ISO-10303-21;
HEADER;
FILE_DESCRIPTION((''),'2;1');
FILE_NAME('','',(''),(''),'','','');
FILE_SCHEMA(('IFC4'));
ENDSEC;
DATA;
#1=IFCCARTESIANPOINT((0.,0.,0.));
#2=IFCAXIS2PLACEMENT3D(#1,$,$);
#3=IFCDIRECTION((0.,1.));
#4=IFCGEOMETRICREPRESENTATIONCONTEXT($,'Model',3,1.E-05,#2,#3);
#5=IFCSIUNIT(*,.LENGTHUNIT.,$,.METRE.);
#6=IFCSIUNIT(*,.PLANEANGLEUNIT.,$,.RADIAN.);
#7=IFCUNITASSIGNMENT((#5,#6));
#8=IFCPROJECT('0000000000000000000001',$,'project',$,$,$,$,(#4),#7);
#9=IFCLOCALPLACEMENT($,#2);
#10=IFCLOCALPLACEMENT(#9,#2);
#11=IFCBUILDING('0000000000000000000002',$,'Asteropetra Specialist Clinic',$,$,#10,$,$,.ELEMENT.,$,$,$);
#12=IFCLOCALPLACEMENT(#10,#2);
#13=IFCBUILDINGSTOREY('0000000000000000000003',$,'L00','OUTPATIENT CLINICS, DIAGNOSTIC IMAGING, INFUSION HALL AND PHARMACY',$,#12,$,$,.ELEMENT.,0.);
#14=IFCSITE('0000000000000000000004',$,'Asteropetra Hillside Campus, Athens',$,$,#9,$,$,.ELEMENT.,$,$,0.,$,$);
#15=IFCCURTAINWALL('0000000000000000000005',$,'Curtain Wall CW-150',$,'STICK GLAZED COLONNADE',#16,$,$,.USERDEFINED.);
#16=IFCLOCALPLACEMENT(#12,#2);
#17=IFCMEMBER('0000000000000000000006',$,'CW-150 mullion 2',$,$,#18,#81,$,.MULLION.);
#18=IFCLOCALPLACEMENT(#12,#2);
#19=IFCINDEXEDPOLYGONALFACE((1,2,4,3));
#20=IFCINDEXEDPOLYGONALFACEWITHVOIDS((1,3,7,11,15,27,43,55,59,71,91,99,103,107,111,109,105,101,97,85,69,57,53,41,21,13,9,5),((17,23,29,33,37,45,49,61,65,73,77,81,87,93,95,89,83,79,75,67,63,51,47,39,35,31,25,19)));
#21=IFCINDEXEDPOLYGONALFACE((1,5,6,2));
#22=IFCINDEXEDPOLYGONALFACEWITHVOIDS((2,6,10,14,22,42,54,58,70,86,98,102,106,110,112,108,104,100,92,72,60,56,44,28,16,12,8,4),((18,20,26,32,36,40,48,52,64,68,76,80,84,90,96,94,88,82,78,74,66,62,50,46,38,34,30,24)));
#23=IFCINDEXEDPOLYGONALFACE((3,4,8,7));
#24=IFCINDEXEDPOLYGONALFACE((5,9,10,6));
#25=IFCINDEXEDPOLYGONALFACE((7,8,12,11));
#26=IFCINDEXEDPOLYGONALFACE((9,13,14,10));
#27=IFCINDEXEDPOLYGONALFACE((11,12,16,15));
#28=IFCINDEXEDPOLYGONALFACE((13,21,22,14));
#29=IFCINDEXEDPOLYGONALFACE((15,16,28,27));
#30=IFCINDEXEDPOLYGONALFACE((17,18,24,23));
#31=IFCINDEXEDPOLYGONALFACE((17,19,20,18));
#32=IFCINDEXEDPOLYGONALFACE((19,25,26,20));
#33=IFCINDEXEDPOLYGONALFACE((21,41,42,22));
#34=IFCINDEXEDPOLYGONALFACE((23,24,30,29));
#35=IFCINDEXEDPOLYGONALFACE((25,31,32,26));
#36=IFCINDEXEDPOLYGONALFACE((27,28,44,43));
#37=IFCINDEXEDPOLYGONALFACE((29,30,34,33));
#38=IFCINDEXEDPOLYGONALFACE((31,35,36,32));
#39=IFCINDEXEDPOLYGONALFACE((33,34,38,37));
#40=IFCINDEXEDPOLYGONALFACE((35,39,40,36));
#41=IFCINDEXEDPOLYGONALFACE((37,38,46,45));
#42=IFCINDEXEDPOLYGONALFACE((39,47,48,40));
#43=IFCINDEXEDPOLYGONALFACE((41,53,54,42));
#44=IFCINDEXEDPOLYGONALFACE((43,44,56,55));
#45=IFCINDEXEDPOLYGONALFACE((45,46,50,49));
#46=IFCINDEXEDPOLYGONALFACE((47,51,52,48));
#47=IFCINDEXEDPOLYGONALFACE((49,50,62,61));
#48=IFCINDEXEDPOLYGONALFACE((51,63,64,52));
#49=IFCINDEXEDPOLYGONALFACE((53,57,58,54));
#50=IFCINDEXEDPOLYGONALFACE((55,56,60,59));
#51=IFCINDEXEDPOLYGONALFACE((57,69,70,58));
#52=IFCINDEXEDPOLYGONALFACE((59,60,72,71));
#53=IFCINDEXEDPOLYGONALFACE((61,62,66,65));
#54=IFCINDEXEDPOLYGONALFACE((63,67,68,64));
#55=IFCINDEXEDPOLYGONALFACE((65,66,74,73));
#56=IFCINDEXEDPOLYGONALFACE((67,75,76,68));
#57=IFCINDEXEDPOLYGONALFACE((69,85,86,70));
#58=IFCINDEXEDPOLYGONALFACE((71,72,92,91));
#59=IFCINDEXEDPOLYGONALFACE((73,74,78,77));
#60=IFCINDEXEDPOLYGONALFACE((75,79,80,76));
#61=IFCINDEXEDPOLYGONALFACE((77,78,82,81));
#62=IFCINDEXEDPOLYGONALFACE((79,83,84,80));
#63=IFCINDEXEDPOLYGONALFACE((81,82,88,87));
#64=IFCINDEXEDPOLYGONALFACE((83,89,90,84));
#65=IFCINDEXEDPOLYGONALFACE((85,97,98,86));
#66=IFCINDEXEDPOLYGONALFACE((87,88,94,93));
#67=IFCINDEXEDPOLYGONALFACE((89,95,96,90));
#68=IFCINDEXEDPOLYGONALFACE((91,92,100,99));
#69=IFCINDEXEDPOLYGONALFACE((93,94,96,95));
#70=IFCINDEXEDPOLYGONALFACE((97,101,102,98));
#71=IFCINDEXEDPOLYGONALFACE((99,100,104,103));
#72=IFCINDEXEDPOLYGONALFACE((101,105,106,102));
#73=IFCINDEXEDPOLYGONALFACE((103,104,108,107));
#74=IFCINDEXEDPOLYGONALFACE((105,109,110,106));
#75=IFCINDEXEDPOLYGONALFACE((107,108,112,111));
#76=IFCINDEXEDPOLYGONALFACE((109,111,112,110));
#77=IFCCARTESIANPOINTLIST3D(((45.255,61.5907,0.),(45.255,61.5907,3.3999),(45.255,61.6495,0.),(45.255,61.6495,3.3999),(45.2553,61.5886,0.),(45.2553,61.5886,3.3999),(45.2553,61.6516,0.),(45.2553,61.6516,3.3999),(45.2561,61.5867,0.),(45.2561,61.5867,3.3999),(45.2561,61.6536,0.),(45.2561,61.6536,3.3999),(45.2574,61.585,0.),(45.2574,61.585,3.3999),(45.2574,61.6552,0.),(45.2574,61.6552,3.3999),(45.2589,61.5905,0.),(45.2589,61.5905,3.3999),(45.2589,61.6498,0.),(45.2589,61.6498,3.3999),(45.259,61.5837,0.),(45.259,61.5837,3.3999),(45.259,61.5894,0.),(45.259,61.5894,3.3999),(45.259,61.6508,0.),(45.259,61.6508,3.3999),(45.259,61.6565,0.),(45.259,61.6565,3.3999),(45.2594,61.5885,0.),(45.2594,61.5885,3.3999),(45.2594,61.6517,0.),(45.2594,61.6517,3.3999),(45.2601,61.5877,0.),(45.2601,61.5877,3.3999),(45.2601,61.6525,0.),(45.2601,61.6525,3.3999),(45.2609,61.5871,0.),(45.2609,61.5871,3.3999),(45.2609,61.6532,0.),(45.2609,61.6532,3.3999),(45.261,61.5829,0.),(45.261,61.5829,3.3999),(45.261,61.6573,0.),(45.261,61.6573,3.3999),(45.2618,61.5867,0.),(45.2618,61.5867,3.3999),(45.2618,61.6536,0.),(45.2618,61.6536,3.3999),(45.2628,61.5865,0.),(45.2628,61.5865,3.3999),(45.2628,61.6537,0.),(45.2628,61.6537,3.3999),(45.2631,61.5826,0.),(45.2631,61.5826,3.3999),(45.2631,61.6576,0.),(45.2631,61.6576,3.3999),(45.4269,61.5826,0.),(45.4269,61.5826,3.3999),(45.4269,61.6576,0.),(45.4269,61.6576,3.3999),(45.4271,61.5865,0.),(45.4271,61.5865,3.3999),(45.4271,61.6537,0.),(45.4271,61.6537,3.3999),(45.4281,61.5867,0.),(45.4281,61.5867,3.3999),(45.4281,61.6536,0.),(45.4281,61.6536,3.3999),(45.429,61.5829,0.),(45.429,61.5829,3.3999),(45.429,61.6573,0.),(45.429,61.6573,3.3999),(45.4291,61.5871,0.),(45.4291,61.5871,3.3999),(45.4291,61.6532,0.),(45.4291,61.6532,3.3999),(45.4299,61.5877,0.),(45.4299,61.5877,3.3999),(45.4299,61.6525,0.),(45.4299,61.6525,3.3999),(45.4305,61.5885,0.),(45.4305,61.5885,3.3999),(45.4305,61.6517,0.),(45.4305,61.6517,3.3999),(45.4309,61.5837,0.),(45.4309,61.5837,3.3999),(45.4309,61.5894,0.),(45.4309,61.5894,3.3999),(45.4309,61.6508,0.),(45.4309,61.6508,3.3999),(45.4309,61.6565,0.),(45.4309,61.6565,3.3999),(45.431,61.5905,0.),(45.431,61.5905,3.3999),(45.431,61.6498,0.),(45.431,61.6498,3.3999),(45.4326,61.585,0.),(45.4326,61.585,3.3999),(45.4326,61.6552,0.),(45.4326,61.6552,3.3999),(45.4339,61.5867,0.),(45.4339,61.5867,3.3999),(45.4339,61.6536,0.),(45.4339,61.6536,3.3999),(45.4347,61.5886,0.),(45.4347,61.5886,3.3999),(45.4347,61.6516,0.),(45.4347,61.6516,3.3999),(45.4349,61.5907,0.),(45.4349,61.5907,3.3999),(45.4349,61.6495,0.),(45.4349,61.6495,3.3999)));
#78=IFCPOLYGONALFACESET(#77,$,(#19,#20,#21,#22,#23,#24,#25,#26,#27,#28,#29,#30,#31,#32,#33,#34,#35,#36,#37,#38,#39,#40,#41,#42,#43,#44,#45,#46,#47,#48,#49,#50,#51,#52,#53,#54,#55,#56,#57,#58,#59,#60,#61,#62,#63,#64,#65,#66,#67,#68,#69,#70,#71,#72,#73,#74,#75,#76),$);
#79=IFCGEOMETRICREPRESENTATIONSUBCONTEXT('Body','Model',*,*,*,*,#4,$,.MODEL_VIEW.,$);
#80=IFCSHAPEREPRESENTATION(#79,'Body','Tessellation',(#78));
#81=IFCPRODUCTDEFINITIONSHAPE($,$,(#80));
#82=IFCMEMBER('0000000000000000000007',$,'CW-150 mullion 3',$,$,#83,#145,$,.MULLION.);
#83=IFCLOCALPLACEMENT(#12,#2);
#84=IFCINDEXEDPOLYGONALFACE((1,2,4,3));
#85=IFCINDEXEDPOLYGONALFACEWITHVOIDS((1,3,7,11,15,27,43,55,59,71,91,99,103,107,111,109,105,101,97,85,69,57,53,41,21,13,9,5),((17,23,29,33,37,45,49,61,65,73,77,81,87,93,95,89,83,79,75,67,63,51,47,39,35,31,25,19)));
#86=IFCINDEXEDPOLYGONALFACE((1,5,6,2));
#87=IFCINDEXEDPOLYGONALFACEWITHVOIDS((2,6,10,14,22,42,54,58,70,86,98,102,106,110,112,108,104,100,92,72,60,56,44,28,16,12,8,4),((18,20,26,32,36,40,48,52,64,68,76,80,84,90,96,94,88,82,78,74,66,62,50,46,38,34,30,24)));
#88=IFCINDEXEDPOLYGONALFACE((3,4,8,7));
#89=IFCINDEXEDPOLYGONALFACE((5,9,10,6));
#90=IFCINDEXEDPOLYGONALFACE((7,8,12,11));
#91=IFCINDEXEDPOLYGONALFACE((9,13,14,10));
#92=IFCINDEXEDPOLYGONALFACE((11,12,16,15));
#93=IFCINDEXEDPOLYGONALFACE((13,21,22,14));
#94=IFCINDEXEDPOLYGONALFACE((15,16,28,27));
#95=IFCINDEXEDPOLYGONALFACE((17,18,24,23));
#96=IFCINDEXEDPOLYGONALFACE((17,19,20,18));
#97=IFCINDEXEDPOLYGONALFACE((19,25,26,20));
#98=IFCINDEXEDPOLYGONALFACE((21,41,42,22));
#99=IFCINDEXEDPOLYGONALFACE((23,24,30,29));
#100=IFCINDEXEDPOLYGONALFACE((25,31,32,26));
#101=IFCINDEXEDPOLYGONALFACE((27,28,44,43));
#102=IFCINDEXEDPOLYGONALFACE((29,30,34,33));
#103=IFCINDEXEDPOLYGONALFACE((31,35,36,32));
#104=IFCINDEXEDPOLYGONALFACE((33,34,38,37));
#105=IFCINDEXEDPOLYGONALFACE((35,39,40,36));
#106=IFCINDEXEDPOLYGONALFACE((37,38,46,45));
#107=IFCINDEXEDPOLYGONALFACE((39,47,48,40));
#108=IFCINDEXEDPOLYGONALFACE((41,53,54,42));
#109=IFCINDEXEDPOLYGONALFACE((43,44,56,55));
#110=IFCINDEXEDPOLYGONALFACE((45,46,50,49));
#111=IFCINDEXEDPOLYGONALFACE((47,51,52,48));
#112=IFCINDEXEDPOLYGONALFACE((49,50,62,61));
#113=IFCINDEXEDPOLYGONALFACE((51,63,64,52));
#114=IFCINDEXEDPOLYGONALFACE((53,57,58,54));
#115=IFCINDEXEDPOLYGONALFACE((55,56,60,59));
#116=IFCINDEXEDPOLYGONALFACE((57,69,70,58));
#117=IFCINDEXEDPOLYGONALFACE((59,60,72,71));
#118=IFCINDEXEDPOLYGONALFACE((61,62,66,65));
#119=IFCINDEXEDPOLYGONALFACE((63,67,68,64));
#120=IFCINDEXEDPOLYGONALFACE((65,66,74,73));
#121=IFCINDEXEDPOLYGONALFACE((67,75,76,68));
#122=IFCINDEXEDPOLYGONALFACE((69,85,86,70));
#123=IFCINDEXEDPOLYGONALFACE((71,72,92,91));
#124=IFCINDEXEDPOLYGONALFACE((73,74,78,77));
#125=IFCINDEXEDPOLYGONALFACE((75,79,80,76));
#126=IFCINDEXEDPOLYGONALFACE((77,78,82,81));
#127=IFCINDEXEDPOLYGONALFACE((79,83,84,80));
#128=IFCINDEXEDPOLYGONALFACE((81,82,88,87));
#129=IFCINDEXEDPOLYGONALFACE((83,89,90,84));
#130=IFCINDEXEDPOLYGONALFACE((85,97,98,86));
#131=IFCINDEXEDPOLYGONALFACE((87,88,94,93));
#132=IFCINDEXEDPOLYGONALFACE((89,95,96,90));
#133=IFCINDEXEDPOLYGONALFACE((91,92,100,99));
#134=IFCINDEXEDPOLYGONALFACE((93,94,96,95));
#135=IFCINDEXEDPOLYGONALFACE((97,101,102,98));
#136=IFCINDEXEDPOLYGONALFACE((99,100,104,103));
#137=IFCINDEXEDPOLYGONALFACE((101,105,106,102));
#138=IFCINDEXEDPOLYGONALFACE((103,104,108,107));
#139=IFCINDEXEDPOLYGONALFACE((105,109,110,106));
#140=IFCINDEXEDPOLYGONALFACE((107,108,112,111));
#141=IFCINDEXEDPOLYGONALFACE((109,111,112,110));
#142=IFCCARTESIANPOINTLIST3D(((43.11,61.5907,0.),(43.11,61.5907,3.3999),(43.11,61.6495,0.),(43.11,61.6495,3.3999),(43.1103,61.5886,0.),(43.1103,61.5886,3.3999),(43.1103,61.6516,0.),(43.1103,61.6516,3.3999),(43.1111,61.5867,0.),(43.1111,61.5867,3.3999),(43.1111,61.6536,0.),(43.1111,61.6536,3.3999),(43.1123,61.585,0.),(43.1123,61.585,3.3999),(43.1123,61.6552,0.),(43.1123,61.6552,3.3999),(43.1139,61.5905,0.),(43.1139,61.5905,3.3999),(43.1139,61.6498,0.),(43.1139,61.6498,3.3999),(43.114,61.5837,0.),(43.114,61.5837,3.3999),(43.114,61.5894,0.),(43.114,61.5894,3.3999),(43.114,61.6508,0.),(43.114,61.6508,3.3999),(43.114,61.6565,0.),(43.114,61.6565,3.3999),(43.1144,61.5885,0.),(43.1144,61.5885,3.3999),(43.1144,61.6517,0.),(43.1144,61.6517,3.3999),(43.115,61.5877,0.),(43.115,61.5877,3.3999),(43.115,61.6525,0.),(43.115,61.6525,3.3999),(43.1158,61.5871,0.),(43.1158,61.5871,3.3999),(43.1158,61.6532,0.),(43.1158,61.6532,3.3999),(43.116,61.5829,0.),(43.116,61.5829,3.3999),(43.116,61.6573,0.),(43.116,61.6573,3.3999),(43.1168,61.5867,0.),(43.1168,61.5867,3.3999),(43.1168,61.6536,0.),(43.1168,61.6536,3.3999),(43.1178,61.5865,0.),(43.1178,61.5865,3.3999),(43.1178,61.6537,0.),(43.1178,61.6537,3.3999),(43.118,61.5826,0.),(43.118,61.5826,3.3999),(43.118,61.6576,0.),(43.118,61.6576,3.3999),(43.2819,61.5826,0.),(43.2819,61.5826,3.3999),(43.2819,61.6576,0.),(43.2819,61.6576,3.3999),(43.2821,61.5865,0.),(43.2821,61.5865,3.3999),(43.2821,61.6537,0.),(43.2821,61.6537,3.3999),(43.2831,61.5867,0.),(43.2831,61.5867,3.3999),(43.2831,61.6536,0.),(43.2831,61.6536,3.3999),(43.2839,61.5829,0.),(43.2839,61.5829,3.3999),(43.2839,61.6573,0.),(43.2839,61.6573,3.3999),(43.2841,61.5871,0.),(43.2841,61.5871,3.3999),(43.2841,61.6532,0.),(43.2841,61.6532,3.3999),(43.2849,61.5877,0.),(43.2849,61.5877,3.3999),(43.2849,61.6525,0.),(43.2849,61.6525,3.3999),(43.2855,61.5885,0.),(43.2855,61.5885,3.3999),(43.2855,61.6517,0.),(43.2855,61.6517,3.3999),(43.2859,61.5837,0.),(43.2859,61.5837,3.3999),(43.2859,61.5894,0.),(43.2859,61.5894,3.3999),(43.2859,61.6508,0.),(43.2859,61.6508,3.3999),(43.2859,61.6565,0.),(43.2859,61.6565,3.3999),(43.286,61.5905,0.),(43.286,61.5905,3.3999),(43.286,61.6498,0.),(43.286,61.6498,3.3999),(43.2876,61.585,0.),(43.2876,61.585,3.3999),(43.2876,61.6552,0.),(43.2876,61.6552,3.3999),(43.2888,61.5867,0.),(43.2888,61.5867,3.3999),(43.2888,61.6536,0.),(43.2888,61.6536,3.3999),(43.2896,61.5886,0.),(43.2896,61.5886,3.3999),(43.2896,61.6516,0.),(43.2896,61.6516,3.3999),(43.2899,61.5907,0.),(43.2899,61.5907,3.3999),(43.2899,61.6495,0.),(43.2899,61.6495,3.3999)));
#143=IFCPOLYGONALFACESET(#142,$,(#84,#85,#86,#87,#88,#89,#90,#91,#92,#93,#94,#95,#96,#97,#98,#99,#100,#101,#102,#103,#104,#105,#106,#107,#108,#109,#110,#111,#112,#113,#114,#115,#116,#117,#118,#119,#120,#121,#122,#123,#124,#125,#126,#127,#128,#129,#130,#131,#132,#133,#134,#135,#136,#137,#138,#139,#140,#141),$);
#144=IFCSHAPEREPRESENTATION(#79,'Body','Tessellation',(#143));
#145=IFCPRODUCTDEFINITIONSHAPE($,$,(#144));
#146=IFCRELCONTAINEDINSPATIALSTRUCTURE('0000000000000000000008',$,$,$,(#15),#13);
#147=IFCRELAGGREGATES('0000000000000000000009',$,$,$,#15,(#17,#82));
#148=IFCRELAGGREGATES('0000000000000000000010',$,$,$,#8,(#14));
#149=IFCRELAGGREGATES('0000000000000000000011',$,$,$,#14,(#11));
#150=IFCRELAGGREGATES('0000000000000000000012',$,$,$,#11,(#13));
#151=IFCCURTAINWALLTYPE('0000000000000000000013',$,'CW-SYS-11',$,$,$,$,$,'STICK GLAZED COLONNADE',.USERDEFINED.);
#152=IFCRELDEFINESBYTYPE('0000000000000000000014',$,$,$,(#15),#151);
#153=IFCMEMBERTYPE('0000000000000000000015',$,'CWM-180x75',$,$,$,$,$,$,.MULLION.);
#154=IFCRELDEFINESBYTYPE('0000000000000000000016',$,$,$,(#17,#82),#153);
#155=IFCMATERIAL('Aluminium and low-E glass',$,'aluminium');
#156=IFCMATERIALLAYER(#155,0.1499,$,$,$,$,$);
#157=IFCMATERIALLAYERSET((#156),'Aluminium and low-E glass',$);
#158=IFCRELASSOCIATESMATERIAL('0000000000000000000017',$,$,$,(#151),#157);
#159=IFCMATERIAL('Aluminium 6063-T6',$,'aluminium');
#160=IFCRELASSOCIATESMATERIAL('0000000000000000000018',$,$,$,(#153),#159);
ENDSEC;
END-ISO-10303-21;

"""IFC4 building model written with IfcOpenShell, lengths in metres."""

from ifc_helpers import new_model, si_unit, direction, frame, origin, origin_2d, place, context, subcontext, project, spatial, hollow_rectangle, extrude, material, layer, layer_set, material_profile, profile_set, type_object, element, aggregate, save


model = new_model("IFC4")

# Units and contexts
model_context = context("Model", 3, precision=1e-05, world=origin(), true_north=direction((0.0, 1.0)))
body_context = subcontext(model_context, "Body", "Model", "MODEL_VIEW")
ifc_project = project(units=[si_unit("LENGTHUNIT", "METRE"), si_unit("PLANEANGLEUNIT", "RADIAN")], contexts=[model_context])

# Site, building, storey
site_placement = place(None, origin())
site = spatial("IfcSite", under=ifc_project, at=site_placement, Name="Asteropetra Hillside Campus, Athens", CompositionType="ELEMENT", RefElevation=0.0)
building_placement = place(site_placement, origin())
building = spatial("IfcBuilding", under=site, at=building_placement, Name="Asteropetra Specialist Clinic", CompositionType="ELEMENT")
storey_placement = place(building_placement, origin())
storey = spatial("IfcBuildingStorey", under=building, at=storey_placement, Name="L00", Description="OUTPATIENT CLINICS, DIAGNOSTIC IMAGING, INFUSION HALL AND PHARMACY", CompositionType="ELEMENT", Elevation=0.0)

# Curtain wall, members
ifc_material_1 = material(Name="Aluminium and low-E glass", Category="aluminium")
ifc_layer_1 = layer(ifc_material_1, 0.1499)
ifc_layer_set_1 = layer_set([ifc_layer_1], Name="Aluminium and low-E glass")
curtain_wall_type = type_object("IfcCurtainWallType", Name="CW-SYS-11", ElementType="STICK GLAZED COLONNADE", PredefinedType="USERDEFINED", material=ifc_layer_set_1)
curtain_wall_placement = place(storey_placement, origin())
curtain_wall = element("IfcCurtainWall", 1, at=curtain_wall_placement, inside=storey, type_object=curtain_wall_type, Name="Curtain Wall CW-150", ObjectType="STICK GLAZED COLONNADE", PredefinedType="USERDEFINED")
ifc_material_2 = material(Name="Aluminium 6063-T6", Category="aluminium")
ifc_material_profile_1 = material_profile(ifc_material_2, hollow_rectangle(XDim=0.075, YDim=0.1799, WallThickness=0.0039, InnerFilletRadius=0.0039, OuterFilletRadius=0.0081, at=origin_2d()), Name="MUL 180x75x4.0")
ifc_profile_set_1 = profile_set([ifc_material_profile_1], Name="Aluminium 6063-T6")
member_type_1 = type_object("IfcMemberType", Name="CWM-180x75", PredefinedType="MULLION", material=ifc_profile_set_1)
member_1_placement = place(storey_placement, frame((45.345, 61.6201, 0.0), z_axis=(0.0, 0.0, 1.0), x_axis=(0.0, -1.0, 0.0)))
member_1 = element("IfcMember", 2, at=member_1_placement, type_object=member_type_1, Name="CW-150 mullion 2", PredefinedType="MULLION", context=body_context, shape_type="SweptSolid", body=[
    extrude(hollow_rectangle(XDim=0.075, YDim=0.1799, WallThickness=0.0039, InnerFilletRadius=0.0039, OuterFilletRadius=0.0081, at=origin_2d()), origin(), (0.0, 0.0, 1.0), 3.3999),
])
member_2_placement = place(storey_placement, frame((43.2, 61.6201, 0.0), z_axis=(0.0, 0.0, 1.0), x_axis=(0.0, -1.0, 0.0)))
member_2 = element("IfcMember", 3, at=member_2_placement, type_object=member_type_1, Name="CW-150 mullion 3", PredefinedType="MULLION", context=body_context, shape_type="SweptSolid", body=[
    extrude(hollow_rectangle(XDim=0.075, YDim=0.1799, WallThickness=0.0039, InnerFilletRadius=0.0039, OuterFilletRadius=0.0081, at=origin_2d()), origin(), (0.0, 0.0, 1.0), 3.3999),
])
aggregate(curtain_wall, [member_1, member_2])

save(model, "model.ifc")
